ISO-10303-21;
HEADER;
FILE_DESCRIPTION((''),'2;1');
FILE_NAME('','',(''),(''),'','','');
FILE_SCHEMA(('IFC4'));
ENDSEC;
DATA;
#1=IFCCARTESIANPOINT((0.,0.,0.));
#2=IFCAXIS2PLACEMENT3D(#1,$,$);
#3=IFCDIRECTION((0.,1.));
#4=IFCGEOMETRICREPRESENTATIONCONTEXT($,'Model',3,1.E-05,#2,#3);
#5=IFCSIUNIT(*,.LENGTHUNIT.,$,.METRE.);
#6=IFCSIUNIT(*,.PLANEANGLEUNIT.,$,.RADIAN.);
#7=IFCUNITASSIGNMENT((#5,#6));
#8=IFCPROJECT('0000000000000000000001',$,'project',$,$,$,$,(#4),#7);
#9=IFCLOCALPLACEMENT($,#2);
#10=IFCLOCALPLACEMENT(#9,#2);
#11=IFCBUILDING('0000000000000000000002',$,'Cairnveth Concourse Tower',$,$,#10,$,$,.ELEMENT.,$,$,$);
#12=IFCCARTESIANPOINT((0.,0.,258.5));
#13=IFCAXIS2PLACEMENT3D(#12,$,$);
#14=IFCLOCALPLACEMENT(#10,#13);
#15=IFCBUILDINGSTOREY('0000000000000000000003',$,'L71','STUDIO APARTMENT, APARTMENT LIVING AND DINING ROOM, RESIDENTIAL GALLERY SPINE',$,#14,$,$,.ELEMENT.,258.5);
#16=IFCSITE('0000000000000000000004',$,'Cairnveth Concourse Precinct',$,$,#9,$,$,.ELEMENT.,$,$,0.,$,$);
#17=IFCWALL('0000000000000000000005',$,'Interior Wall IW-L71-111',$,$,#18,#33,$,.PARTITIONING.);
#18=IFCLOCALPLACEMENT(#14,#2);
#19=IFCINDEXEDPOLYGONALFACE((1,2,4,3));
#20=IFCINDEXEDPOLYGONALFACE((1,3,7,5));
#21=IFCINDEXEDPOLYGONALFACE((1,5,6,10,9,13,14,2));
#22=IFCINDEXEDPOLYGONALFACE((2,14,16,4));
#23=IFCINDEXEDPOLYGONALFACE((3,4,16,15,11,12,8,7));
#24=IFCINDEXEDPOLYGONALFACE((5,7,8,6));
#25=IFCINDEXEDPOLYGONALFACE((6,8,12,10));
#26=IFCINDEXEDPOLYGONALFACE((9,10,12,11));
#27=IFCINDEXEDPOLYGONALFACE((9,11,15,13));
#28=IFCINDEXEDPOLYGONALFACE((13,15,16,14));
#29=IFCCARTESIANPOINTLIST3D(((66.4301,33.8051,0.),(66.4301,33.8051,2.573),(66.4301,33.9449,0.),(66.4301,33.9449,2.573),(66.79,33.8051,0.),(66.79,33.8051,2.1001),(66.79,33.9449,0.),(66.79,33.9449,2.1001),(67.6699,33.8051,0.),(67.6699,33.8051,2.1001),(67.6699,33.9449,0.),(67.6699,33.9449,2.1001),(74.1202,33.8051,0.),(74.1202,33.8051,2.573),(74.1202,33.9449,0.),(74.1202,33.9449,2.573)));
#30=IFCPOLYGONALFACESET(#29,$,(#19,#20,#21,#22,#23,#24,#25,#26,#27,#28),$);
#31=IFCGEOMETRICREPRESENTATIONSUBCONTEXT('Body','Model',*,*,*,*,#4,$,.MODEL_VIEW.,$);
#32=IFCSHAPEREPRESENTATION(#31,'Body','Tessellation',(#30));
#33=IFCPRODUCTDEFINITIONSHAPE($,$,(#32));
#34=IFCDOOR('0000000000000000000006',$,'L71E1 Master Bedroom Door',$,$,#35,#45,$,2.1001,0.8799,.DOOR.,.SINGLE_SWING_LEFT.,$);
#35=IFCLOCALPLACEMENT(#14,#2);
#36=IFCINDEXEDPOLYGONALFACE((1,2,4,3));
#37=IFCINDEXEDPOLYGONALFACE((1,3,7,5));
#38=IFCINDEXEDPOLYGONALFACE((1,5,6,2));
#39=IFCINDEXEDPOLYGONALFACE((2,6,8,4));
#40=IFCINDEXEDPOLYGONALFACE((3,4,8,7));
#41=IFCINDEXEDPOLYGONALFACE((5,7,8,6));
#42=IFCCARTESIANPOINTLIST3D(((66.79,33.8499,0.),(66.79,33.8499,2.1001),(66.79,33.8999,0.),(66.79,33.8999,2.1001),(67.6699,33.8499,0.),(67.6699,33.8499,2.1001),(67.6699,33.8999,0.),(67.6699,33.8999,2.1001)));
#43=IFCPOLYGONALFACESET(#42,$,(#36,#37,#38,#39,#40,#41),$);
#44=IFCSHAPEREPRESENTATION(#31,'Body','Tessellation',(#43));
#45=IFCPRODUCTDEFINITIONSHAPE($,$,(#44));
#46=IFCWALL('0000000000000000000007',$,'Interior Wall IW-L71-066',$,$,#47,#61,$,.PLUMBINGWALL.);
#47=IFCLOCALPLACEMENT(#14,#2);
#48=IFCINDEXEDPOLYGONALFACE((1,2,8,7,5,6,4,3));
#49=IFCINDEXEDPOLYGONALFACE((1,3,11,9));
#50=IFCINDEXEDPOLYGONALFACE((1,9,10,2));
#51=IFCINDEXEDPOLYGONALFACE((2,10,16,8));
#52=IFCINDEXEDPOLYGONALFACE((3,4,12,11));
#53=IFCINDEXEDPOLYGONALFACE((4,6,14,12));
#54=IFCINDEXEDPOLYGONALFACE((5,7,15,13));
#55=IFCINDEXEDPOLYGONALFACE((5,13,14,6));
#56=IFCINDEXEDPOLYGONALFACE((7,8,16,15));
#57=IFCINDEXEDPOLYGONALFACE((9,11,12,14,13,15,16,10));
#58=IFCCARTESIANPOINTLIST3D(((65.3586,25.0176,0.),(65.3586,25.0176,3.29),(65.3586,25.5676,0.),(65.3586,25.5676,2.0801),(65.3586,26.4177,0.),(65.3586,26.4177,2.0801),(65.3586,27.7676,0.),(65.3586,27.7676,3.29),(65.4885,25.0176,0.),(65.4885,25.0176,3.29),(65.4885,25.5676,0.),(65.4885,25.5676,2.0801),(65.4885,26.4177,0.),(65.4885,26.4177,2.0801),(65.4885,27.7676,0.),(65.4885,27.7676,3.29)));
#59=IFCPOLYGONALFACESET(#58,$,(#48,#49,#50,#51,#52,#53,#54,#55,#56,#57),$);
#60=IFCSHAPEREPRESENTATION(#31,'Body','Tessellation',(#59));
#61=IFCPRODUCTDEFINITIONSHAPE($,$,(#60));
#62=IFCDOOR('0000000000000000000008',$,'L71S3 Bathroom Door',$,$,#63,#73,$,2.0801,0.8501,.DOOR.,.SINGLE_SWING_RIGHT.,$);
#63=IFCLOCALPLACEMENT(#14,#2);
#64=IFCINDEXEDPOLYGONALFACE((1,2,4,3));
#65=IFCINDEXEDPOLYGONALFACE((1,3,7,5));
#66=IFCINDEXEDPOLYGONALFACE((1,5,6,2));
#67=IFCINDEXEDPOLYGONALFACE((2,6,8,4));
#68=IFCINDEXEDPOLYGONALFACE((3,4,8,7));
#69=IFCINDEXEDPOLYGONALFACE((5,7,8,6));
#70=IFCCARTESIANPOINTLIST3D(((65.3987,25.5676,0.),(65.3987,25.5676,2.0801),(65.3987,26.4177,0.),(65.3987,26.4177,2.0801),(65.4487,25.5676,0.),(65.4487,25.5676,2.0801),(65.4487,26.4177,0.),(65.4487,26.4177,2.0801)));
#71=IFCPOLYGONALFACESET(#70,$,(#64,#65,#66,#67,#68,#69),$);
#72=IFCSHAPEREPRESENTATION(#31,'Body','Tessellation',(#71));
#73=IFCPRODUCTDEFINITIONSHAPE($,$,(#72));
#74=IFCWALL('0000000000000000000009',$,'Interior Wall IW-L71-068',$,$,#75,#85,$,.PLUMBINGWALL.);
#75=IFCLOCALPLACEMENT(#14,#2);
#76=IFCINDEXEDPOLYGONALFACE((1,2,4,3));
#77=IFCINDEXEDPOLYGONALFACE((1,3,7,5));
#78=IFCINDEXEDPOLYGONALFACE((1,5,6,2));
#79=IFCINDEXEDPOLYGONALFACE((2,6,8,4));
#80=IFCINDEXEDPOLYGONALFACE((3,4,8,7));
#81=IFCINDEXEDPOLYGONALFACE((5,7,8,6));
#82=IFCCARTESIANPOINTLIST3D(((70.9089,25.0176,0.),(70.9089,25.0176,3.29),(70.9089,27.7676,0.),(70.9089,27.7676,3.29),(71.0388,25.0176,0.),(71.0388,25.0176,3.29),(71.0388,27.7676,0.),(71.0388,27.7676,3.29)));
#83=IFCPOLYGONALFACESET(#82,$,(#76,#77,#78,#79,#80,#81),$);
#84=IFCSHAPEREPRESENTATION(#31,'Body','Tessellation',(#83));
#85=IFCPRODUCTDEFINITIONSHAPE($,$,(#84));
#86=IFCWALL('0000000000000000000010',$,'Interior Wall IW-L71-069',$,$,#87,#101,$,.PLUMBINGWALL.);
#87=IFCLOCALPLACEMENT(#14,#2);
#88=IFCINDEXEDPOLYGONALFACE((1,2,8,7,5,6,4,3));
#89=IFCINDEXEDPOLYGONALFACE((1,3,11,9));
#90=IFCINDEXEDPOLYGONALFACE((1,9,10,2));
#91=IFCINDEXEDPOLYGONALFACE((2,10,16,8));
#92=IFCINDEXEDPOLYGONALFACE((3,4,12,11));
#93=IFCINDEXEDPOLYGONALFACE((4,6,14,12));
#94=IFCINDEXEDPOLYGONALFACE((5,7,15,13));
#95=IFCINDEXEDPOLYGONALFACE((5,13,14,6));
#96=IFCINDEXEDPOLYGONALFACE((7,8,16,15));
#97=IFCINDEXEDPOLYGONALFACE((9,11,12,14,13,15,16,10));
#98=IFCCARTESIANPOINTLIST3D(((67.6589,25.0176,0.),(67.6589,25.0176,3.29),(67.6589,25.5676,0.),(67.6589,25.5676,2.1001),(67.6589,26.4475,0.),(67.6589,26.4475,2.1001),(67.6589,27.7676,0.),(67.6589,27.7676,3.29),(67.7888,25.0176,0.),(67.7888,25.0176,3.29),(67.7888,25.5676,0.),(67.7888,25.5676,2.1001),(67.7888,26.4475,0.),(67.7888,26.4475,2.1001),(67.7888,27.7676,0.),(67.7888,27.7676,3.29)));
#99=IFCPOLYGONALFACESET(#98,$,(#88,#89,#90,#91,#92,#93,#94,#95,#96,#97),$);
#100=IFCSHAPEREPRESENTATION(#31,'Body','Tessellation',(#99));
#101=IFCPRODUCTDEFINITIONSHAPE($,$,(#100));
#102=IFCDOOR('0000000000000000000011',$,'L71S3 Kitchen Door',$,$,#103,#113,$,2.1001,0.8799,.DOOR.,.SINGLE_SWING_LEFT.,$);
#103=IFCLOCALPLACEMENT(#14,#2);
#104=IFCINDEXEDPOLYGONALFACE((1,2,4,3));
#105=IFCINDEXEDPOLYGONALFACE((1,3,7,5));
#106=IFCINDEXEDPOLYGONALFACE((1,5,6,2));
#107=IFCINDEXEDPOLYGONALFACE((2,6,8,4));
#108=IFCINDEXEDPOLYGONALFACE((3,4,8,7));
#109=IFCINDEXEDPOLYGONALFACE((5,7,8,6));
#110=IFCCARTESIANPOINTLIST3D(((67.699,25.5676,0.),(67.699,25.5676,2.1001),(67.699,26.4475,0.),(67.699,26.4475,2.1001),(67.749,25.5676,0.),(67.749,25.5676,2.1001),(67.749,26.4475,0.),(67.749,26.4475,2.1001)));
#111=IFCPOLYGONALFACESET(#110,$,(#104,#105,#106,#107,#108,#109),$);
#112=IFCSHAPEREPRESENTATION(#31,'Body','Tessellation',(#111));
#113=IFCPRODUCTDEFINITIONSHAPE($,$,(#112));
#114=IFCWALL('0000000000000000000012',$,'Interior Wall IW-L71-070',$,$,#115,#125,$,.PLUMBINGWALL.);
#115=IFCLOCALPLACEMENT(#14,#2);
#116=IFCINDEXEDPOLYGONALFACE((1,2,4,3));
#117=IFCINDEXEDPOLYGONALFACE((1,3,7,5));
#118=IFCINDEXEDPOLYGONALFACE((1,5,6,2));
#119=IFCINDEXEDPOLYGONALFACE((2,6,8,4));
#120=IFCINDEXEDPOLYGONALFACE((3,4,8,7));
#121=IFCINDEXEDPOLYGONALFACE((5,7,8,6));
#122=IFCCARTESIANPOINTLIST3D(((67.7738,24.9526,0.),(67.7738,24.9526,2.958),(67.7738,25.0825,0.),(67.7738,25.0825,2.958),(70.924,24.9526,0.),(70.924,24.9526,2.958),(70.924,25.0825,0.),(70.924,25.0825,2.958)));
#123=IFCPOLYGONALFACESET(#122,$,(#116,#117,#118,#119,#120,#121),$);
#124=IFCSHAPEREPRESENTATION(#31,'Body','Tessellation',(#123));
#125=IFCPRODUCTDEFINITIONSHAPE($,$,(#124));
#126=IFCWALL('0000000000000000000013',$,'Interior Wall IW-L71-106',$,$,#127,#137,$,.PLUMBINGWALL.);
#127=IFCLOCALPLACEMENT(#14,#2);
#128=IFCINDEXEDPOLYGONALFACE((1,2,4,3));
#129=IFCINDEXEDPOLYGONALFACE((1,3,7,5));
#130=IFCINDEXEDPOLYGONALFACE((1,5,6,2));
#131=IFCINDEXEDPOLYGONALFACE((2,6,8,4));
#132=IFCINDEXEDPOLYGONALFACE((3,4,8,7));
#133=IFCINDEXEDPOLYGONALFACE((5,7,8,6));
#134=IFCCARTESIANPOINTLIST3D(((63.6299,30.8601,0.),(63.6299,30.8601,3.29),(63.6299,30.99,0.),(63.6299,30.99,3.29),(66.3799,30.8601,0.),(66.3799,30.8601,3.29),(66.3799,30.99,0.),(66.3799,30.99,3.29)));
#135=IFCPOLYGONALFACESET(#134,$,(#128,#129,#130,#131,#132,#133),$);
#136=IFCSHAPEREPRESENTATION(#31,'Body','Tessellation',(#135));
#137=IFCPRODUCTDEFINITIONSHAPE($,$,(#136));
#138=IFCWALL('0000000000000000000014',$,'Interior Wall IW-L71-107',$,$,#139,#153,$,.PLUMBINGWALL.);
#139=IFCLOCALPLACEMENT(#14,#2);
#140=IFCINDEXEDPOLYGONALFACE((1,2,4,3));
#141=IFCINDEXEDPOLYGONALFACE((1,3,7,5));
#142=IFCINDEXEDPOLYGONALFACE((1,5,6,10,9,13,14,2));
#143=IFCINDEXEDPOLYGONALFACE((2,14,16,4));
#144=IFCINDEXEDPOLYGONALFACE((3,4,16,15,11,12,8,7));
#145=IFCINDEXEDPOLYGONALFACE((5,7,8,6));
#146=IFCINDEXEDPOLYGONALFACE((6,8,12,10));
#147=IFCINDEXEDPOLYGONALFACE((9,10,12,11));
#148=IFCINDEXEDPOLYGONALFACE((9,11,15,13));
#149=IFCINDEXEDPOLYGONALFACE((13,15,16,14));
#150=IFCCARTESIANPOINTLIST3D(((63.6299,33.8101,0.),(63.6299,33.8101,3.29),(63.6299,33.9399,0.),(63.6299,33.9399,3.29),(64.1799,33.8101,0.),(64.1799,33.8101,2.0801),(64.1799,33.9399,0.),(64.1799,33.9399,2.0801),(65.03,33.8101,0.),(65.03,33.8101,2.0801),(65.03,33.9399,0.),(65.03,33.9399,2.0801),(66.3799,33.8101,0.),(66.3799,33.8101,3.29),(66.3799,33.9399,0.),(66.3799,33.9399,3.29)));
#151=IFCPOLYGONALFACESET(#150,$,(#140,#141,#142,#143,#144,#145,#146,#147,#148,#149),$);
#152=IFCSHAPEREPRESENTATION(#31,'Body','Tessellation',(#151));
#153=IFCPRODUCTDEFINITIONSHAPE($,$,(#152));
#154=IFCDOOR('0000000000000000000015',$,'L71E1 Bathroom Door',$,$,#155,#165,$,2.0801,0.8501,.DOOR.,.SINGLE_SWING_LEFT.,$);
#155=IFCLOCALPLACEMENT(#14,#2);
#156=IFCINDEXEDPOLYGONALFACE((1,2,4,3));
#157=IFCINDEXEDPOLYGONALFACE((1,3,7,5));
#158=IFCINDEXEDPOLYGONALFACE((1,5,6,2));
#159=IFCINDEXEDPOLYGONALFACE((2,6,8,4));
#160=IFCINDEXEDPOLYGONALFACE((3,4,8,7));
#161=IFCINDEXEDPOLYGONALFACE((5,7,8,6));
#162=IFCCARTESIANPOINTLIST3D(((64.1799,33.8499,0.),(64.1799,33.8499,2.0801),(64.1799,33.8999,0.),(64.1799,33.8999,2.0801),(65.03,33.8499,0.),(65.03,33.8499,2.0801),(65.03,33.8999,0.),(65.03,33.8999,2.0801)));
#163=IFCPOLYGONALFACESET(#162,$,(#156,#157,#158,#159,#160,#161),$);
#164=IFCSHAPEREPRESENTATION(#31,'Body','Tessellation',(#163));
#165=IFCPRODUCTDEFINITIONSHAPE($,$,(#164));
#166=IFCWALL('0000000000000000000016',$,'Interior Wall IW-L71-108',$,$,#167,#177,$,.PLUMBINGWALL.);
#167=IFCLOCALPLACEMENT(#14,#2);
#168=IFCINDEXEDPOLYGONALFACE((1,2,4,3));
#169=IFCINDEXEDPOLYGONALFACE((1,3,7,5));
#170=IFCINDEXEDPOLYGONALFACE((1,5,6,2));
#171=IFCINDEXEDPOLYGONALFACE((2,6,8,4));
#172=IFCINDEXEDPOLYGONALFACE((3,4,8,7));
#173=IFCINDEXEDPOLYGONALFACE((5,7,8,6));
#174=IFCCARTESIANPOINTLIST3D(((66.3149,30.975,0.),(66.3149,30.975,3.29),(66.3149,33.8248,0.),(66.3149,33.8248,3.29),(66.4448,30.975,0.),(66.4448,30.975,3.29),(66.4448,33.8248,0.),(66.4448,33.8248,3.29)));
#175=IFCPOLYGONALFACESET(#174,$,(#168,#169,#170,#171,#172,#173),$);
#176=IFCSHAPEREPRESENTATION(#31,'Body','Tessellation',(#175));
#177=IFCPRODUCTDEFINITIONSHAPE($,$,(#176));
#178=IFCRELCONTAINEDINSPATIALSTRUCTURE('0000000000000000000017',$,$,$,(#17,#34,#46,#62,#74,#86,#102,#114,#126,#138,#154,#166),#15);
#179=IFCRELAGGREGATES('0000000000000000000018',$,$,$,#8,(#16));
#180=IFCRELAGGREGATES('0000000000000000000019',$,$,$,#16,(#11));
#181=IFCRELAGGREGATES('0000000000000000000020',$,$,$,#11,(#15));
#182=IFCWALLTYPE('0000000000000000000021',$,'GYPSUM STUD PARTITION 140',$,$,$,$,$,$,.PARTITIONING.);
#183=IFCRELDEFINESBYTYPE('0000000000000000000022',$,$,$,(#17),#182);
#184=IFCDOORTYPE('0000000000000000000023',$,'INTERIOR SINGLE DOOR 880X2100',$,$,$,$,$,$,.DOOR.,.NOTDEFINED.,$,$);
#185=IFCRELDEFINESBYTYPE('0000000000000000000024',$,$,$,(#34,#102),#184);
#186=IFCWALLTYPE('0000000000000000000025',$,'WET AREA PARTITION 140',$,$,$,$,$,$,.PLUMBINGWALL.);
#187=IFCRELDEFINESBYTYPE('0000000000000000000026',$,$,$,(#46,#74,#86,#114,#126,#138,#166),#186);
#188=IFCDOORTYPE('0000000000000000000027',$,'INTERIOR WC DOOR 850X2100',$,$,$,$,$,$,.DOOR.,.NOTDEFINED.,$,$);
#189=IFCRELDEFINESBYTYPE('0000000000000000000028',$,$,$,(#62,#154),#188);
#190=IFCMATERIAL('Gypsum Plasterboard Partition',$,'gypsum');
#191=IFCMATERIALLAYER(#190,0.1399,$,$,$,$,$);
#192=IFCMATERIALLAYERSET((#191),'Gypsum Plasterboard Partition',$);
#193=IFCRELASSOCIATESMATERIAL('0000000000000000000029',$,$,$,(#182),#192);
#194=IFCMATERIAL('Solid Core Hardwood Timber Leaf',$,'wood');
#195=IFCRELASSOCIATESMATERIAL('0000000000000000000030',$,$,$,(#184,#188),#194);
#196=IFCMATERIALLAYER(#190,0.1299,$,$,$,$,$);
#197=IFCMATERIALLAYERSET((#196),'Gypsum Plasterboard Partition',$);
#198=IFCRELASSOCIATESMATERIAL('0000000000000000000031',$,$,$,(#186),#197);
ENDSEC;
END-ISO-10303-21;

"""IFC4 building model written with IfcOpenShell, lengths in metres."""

from ifc_helpers import new_model, si_unit, direction, frame, frame_2d, origin, place, context, subcontext, project, spatial, rectangle, extrude, material, layer, layer_set, type_object, element, fill, save


model = new_model("IFC4")

# Units and contexts
model_context = context("Model", 3, precision=1e-05, world=origin(), true_north=direction((0.0, 1.0)))
body_context = subcontext(model_context, "Body", "Model", "MODEL_VIEW")
ifc_project = project(units=[si_unit("LENGTHUNIT", "METRE"), si_unit("PLANEANGLEUNIT", "RADIAN")], contexts=[model_context])

# Site, building, storey
site_placement = place(None, origin())
site = spatial("IfcSite", under=ifc_project, at=site_placement, Name="Cairnveth Concourse Precinct", CompositionType="ELEMENT", RefElevation=0.0)
building_placement = place(site_placement, origin())
building = spatial("IfcBuilding", under=site, at=building_placement, Name="Cairnveth Concourse Tower", CompositionType="ELEMENT")
storey_placement = place(building_placement, frame((0.0, 0.0, 258.5)))
storey = spatial("IfcBuildingStorey", under=building, at=storey_placement, Name="L71", Description="STUDIO APARTMENT, APARTMENT LIVING AND DINING ROOM, RESIDENTIAL GALLERY SPINE", CompositionType="ELEMENT", Elevation=258.5)

# Shared definitions
ifc_material_1 = material(Name="Gypsum Plasterboard Partition", Category="gypsum")
ifc_material_2 = material(Name="Solid Core Hardwood Timber Leaf", Category="wood")

# Walls, openings, doors
ifc_layer_1 = layer(ifc_material_1, 0.1399)
ifc_layer_set_1 = layer_set([ifc_layer_1], Name="Gypsum Plasterboard Partition")
wall_type_1 = type_object("IfcWallType", Name="GYPSUM STUD PARTITION 140", PredefinedType="PARTITIONING", material=ifc_layer_set_1)
wall_1_placement = place(storey_placement, frame((66.4299, 33.875, 0.0), z_axis=(0.0, 0.0, 1.0), x_axis=(1.0, 0.0, 0.0)))
wall_1 = element("IfcWall", 1, at=wall_1_placement, inside=storey, type_object=wall_type_1, Name="Interior Wall IW-L71-111", PredefinedType="PARTITIONING", context=body_context, shape_type="SweptSolid", body=[
    extrude(rectangle(XDim=7.6902, YDim=0.1399, at=frame_2d((3.8452, 0.0))), origin(), (0.0, 0.0, 1.0), 2.573),
])
opening_1_placement = place(wall_1_placement, frame((0.3601, 0.0, 0.0)))
opening_1 = element("IfcOpeningElement", 2, at=opening_1_placement, cuts=wall_1, PredefinedType="OPENING", context=body_context, shape_type="SweptSolid", body=[
    extrude(rectangle(XDim=0.8799, YDim=2.1001, at=frame_2d((0.4399, 1.05))), frame((0.0, 0.0798, 0.0), z_axis=(0.0, -1.0, 0.0), x_axis=(1.0, 0.0, 0.0)), (0.0, 0.0, 1.0), 0.1599),
])
door_type_1 = type_object("IfcDoorType", Name="INTERIOR SINGLE DOOR 880X2100", OperationType="NOTDEFINED", PredefinedType="DOOR", material=ifc_material_2)
door_1_placement = place(opening_1_placement, origin())
door_1 = element("IfcDoor", 3, at=door_1_placement, inside=storey, type_object=door_type_1, Name="L71E1 Master Bedroom Door", OperationType="SINGLE_SWING_LEFT", OverallHeight=2.1001, OverallWidth=0.8799, PredefinedType="DOOR", context=body_context, shape_type="SweptSolid", body=[
    extrude(rectangle(XDim=0.8799, YDim=2.1001, at=frame_2d((0.4399, 1.05))), frame((0.0, 0.0249, 0.0), z_axis=(0.0, -1.0, 0.0), x_axis=(1.0, 0.0, 0.0)), (0.0, 0.0, 1.0), 0.05),
])
fill(opening_1, door_1)
ifc_layer_2 = layer(ifc_material_1, 0.1299)
ifc_layer_set_2 = layer_set([ifc_layer_2], Name="Gypsum Plasterboard Partition")
wall_type_2 = type_object("IfcWallType", Name="WET AREA PARTITION 140", PredefinedType="PLUMBINGWALL", material=ifc_layer_set_2)
wall_2_placement = place(storey_placement, frame((65.4236, 25.0176, 0.0), z_axis=(0.0, 0.0, 1.0), x_axis=(0.0, 1.0, 0.0)))
wall_2 = element("IfcWall", 4, at=wall_2_placement, inside=storey, type_object=wall_type_2, Name="Interior Wall IW-L71-066", PredefinedType="PLUMBINGWALL", context=body_context, shape_type="SweptSolid", body=[
    extrude(rectangle(XDim=2.75, YDim=0.1299, at=frame_2d((1.375, 0.0))), origin(), (0.0, 0.0, 1.0), 3.29),
])
opening_2_placement = place(wall_2_placement, frame((0.55, 0.0, 0.0)))
opening_2 = element("IfcOpeningElement", 5, at=opening_2_placement, cuts=wall_2, PredefinedType="OPENING", context=body_context, shape_type="SweptSolid", body=[
    extrude(rectangle(XDim=0.8501, YDim=2.0801, at=frame_2d((0.425, 1.04))), frame((0.0, 0.075, 0.0), z_axis=(0.0, -1.0, 0.0), x_axis=(1.0, 0.0, 0.0)), (0.0, 0.0, 1.0), 0.1499),
])
door_type_2 = type_object("IfcDoorType", Name="INTERIOR WC DOOR 850X2100", OperationType="NOTDEFINED", PredefinedType="DOOR", material=ifc_material_2)
door_2_placement = place(opening_2_placement, origin())
door_2 = element("IfcDoor", 6, at=door_2_placement, inside=storey, type_object=door_type_2, Name="L71S3 Bathroom Door", OperationType="SINGLE_SWING_RIGHT", OverallHeight=2.0801, OverallWidth=0.8501, PredefinedType="DOOR", context=body_context, shape_type="SweptSolid", body=[
    extrude(rectangle(XDim=0.8501, YDim=2.0801, at=frame_2d((0.425, 1.04))), frame((0.0, 0.0249, 0.0), z_axis=(0.0, -1.0, 0.0), x_axis=(1.0, 0.0, 0.0)), (0.0, 0.0, 1.0), 0.05),
])
fill(opening_2, door_2)

# Wall
wall_3_placement = place(storey_placement, frame((70.9739, 25.0176, 0.0), z_axis=(0.0, 0.0, 1.0), x_axis=(0.0, 1.0, 0.0)))
element("IfcWall", 7, at=wall_3_placement, inside=storey, type_object=wall_type_2, Name="Interior Wall IW-L71-068", PredefinedType="PLUMBINGWALL", context=body_context, shape_type="SweptSolid", body=[
    extrude(rectangle(XDim=2.75, YDim=0.1299, at=frame_2d((1.375, 0.0))), origin(), (0.0, 0.0, 1.0), 3.29),
])

# Wall, opening, door
wall_4_placement = place(storey_placement, frame((67.7239, 25.0176, 0.0), z_axis=(0.0, 0.0, 1.0), x_axis=(0.0, 1.0, 0.0)))
wall_4 = element("IfcWall", 8, at=wall_4_placement, inside=storey, type_object=wall_type_2, Name="Interior Wall IW-L71-069", PredefinedType="PLUMBINGWALL", context=body_context, shape_type="SweptSolid", body=[
    extrude(rectangle(XDim=2.75, YDim=0.1299, at=frame_2d((1.375, 0.0))), origin(), (0.0, 0.0, 1.0), 3.29),
])
opening_3_placement = place(wall_4_placement, frame((0.55, 0.0, 0.0)))
opening_3 = element("IfcOpeningElement", 9, at=opening_3_placement, cuts=wall_4, PredefinedType="OPENING", context=body_context, shape_type="SweptSolid", body=[
    extrude(rectangle(XDim=0.8799, YDim=2.1001, at=frame_2d((0.4399, 1.05))), frame((0.0, 0.075, 0.0), z_axis=(0.0, -1.0, 0.0), x_axis=(1.0, 0.0, 0.0)), (0.0, 0.0, 1.0), 0.1499),
])
door_3_placement = place(opening_3_placement, origin())
door_3 = element("IfcDoor", 10, at=door_3_placement, inside=storey, type_object=door_type_1, Name="L71S3 Kitchen Door", OperationType="SINGLE_SWING_LEFT", OverallHeight=2.1001, OverallWidth=0.8799, PredefinedType="DOOR", context=body_context, shape_type="SweptSolid", body=[
    extrude(rectangle(XDim=0.8799, YDim=2.1001, at=frame_2d((0.4399, 1.05))), frame((0.0, 0.0249, 0.0), z_axis=(0.0, -1.0, 0.0), x_axis=(1.0, 0.0, 0.0)), (0.0, 0.0, 1.0), 0.05),
])
fill(opening_3, door_3)

# Walls
wall_5_placement = place(storey_placement, frame((67.7737, 25.0176, 0.0), z_axis=(0.0, 0.0, 1.0), x_axis=(1.0, 0.0, 0.0)))
element("IfcWall", 11, at=wall_5_placement, inside=storey, type_object=wall_type_2, Name="Interior Wall IW-L71-070", PredefinedType="PLUMBINGWALL", context=body_context, shape_type="SweptSolid", body=[
    extrude(rectangle(XDim=3.1501, YDim=0.1299, at=frame_2d((1.5752, 0.0))), origin(), (0.0, 0.0, 1.0), 2.958),
])
wall_6_placement = place(storey_placement, frame((63.6299, 30.925, 0.0), z_axis=(0.0, 0.0, 1.0), x_axis=(1.0, 0.0, 0.0)))
element("IfcWall", 12, at=wall_6_placement, inside=storey, type_object=wall_type_2, Name="Interior Wall IW-L71-106", PredefinedType="PLUMBINGWALL", context=body_context, shape_type="SweptSolid", body=[
    extrude(rectangle(XDim=2.75, YDim=0.1299, at=frame_2d((1.375, 0.0))), origin(), (0.0, 0.0, 1.0), 3.29),
])

# Wall, opening, door
wall_7_placement = place(storey_placement, frame((63.6299, 33.875, 0.0), z_axis=(0.0, 0.0, 1.0), x_axis=(1.0, 0.0, 0.0)))
wall_7 = element("IfcWall", 13, at=wall_7_placement, inside=storey, type_object=wall_type_2, Name="Interior Wall IW-L71-107", PredefinedType="PLUMBINGWALL", context=body_context, shape_type="SweptSolid", body=[
    extrude(rectangle(XDim=2.75, YDim=0.1299, at=frame_2d((1.375, 0.0))), origin(), (0.0, 0.0, 1.0), 3.29),
])
opening_4_placement = place(wall_7_placement, frame((0.55, 0.0, 0.0)))
opening_4 = element("IfcOpeningElement", 14, at=opening_4_placement, cuts=wall_7, PredefinedType="OPENING", context=body_context, shape_type="SweptSolid", body=[
    extrude(rectangle(XDim=0.8501, YDim=2.0801, at=frame_2d((0.425, 1.04))), frame((0.0, 0.075, 0.0), z_axis=(0.0, -1.0, 0.0), x_axis=(1.0, 0.0, 0.0)), (0.0, 0.0, 1.0), 0.1499),
])
door_4_placement = place(opening_4_placement, origin())
door_4 = element("IfcDoor", 15, at=door_4_placement, inside=storey, type_object=door_type_2, Name="L71E1 Bathroom Door", OperationType="SINGLE_SWING_LEFT", OverallHeight=2.0801, OverallWidth=0.8501, PredefinedType="DOOR", context=body_context, shape_type="SweptSolid", body=[
    extrude(rectangle(XDim=0.8501, YDim=2.0801, at=frame_2d((0.425, 1.04))), frame((0.0, 0.0249, 0.0), z_axis=(0.0, -1.0, 0.0), x_axis=(1.0, 0.0, 0.0)), (0.0, 0.0, 1.0), 0.05),
])
fill(opening_4, door_4)

# Wall
wall_8_placement = place(storey_placement, frame((66.3799, 30.9751, 0.0), z_axis=(0.0, 0.0, 1.0), x_axis=(0.0, 1.0, 0.0)))
element("IfcWall", 16, at=wall_8_placement, inside=storey, type_object=wall_type_2, Name="Interior Wall IW-L71-108", PredefinedType="PLUMBINGWALL", context=body_context, shape_type="SweptSolid", body=[
    extrude(rectangle(XDim=2.8499, YDim=0.1299, at=frame_2d((1.4248, 0.0))), origin(), (0.0, 0.0, 1.0), 3.29),
])

save(model, "model.ifc")
